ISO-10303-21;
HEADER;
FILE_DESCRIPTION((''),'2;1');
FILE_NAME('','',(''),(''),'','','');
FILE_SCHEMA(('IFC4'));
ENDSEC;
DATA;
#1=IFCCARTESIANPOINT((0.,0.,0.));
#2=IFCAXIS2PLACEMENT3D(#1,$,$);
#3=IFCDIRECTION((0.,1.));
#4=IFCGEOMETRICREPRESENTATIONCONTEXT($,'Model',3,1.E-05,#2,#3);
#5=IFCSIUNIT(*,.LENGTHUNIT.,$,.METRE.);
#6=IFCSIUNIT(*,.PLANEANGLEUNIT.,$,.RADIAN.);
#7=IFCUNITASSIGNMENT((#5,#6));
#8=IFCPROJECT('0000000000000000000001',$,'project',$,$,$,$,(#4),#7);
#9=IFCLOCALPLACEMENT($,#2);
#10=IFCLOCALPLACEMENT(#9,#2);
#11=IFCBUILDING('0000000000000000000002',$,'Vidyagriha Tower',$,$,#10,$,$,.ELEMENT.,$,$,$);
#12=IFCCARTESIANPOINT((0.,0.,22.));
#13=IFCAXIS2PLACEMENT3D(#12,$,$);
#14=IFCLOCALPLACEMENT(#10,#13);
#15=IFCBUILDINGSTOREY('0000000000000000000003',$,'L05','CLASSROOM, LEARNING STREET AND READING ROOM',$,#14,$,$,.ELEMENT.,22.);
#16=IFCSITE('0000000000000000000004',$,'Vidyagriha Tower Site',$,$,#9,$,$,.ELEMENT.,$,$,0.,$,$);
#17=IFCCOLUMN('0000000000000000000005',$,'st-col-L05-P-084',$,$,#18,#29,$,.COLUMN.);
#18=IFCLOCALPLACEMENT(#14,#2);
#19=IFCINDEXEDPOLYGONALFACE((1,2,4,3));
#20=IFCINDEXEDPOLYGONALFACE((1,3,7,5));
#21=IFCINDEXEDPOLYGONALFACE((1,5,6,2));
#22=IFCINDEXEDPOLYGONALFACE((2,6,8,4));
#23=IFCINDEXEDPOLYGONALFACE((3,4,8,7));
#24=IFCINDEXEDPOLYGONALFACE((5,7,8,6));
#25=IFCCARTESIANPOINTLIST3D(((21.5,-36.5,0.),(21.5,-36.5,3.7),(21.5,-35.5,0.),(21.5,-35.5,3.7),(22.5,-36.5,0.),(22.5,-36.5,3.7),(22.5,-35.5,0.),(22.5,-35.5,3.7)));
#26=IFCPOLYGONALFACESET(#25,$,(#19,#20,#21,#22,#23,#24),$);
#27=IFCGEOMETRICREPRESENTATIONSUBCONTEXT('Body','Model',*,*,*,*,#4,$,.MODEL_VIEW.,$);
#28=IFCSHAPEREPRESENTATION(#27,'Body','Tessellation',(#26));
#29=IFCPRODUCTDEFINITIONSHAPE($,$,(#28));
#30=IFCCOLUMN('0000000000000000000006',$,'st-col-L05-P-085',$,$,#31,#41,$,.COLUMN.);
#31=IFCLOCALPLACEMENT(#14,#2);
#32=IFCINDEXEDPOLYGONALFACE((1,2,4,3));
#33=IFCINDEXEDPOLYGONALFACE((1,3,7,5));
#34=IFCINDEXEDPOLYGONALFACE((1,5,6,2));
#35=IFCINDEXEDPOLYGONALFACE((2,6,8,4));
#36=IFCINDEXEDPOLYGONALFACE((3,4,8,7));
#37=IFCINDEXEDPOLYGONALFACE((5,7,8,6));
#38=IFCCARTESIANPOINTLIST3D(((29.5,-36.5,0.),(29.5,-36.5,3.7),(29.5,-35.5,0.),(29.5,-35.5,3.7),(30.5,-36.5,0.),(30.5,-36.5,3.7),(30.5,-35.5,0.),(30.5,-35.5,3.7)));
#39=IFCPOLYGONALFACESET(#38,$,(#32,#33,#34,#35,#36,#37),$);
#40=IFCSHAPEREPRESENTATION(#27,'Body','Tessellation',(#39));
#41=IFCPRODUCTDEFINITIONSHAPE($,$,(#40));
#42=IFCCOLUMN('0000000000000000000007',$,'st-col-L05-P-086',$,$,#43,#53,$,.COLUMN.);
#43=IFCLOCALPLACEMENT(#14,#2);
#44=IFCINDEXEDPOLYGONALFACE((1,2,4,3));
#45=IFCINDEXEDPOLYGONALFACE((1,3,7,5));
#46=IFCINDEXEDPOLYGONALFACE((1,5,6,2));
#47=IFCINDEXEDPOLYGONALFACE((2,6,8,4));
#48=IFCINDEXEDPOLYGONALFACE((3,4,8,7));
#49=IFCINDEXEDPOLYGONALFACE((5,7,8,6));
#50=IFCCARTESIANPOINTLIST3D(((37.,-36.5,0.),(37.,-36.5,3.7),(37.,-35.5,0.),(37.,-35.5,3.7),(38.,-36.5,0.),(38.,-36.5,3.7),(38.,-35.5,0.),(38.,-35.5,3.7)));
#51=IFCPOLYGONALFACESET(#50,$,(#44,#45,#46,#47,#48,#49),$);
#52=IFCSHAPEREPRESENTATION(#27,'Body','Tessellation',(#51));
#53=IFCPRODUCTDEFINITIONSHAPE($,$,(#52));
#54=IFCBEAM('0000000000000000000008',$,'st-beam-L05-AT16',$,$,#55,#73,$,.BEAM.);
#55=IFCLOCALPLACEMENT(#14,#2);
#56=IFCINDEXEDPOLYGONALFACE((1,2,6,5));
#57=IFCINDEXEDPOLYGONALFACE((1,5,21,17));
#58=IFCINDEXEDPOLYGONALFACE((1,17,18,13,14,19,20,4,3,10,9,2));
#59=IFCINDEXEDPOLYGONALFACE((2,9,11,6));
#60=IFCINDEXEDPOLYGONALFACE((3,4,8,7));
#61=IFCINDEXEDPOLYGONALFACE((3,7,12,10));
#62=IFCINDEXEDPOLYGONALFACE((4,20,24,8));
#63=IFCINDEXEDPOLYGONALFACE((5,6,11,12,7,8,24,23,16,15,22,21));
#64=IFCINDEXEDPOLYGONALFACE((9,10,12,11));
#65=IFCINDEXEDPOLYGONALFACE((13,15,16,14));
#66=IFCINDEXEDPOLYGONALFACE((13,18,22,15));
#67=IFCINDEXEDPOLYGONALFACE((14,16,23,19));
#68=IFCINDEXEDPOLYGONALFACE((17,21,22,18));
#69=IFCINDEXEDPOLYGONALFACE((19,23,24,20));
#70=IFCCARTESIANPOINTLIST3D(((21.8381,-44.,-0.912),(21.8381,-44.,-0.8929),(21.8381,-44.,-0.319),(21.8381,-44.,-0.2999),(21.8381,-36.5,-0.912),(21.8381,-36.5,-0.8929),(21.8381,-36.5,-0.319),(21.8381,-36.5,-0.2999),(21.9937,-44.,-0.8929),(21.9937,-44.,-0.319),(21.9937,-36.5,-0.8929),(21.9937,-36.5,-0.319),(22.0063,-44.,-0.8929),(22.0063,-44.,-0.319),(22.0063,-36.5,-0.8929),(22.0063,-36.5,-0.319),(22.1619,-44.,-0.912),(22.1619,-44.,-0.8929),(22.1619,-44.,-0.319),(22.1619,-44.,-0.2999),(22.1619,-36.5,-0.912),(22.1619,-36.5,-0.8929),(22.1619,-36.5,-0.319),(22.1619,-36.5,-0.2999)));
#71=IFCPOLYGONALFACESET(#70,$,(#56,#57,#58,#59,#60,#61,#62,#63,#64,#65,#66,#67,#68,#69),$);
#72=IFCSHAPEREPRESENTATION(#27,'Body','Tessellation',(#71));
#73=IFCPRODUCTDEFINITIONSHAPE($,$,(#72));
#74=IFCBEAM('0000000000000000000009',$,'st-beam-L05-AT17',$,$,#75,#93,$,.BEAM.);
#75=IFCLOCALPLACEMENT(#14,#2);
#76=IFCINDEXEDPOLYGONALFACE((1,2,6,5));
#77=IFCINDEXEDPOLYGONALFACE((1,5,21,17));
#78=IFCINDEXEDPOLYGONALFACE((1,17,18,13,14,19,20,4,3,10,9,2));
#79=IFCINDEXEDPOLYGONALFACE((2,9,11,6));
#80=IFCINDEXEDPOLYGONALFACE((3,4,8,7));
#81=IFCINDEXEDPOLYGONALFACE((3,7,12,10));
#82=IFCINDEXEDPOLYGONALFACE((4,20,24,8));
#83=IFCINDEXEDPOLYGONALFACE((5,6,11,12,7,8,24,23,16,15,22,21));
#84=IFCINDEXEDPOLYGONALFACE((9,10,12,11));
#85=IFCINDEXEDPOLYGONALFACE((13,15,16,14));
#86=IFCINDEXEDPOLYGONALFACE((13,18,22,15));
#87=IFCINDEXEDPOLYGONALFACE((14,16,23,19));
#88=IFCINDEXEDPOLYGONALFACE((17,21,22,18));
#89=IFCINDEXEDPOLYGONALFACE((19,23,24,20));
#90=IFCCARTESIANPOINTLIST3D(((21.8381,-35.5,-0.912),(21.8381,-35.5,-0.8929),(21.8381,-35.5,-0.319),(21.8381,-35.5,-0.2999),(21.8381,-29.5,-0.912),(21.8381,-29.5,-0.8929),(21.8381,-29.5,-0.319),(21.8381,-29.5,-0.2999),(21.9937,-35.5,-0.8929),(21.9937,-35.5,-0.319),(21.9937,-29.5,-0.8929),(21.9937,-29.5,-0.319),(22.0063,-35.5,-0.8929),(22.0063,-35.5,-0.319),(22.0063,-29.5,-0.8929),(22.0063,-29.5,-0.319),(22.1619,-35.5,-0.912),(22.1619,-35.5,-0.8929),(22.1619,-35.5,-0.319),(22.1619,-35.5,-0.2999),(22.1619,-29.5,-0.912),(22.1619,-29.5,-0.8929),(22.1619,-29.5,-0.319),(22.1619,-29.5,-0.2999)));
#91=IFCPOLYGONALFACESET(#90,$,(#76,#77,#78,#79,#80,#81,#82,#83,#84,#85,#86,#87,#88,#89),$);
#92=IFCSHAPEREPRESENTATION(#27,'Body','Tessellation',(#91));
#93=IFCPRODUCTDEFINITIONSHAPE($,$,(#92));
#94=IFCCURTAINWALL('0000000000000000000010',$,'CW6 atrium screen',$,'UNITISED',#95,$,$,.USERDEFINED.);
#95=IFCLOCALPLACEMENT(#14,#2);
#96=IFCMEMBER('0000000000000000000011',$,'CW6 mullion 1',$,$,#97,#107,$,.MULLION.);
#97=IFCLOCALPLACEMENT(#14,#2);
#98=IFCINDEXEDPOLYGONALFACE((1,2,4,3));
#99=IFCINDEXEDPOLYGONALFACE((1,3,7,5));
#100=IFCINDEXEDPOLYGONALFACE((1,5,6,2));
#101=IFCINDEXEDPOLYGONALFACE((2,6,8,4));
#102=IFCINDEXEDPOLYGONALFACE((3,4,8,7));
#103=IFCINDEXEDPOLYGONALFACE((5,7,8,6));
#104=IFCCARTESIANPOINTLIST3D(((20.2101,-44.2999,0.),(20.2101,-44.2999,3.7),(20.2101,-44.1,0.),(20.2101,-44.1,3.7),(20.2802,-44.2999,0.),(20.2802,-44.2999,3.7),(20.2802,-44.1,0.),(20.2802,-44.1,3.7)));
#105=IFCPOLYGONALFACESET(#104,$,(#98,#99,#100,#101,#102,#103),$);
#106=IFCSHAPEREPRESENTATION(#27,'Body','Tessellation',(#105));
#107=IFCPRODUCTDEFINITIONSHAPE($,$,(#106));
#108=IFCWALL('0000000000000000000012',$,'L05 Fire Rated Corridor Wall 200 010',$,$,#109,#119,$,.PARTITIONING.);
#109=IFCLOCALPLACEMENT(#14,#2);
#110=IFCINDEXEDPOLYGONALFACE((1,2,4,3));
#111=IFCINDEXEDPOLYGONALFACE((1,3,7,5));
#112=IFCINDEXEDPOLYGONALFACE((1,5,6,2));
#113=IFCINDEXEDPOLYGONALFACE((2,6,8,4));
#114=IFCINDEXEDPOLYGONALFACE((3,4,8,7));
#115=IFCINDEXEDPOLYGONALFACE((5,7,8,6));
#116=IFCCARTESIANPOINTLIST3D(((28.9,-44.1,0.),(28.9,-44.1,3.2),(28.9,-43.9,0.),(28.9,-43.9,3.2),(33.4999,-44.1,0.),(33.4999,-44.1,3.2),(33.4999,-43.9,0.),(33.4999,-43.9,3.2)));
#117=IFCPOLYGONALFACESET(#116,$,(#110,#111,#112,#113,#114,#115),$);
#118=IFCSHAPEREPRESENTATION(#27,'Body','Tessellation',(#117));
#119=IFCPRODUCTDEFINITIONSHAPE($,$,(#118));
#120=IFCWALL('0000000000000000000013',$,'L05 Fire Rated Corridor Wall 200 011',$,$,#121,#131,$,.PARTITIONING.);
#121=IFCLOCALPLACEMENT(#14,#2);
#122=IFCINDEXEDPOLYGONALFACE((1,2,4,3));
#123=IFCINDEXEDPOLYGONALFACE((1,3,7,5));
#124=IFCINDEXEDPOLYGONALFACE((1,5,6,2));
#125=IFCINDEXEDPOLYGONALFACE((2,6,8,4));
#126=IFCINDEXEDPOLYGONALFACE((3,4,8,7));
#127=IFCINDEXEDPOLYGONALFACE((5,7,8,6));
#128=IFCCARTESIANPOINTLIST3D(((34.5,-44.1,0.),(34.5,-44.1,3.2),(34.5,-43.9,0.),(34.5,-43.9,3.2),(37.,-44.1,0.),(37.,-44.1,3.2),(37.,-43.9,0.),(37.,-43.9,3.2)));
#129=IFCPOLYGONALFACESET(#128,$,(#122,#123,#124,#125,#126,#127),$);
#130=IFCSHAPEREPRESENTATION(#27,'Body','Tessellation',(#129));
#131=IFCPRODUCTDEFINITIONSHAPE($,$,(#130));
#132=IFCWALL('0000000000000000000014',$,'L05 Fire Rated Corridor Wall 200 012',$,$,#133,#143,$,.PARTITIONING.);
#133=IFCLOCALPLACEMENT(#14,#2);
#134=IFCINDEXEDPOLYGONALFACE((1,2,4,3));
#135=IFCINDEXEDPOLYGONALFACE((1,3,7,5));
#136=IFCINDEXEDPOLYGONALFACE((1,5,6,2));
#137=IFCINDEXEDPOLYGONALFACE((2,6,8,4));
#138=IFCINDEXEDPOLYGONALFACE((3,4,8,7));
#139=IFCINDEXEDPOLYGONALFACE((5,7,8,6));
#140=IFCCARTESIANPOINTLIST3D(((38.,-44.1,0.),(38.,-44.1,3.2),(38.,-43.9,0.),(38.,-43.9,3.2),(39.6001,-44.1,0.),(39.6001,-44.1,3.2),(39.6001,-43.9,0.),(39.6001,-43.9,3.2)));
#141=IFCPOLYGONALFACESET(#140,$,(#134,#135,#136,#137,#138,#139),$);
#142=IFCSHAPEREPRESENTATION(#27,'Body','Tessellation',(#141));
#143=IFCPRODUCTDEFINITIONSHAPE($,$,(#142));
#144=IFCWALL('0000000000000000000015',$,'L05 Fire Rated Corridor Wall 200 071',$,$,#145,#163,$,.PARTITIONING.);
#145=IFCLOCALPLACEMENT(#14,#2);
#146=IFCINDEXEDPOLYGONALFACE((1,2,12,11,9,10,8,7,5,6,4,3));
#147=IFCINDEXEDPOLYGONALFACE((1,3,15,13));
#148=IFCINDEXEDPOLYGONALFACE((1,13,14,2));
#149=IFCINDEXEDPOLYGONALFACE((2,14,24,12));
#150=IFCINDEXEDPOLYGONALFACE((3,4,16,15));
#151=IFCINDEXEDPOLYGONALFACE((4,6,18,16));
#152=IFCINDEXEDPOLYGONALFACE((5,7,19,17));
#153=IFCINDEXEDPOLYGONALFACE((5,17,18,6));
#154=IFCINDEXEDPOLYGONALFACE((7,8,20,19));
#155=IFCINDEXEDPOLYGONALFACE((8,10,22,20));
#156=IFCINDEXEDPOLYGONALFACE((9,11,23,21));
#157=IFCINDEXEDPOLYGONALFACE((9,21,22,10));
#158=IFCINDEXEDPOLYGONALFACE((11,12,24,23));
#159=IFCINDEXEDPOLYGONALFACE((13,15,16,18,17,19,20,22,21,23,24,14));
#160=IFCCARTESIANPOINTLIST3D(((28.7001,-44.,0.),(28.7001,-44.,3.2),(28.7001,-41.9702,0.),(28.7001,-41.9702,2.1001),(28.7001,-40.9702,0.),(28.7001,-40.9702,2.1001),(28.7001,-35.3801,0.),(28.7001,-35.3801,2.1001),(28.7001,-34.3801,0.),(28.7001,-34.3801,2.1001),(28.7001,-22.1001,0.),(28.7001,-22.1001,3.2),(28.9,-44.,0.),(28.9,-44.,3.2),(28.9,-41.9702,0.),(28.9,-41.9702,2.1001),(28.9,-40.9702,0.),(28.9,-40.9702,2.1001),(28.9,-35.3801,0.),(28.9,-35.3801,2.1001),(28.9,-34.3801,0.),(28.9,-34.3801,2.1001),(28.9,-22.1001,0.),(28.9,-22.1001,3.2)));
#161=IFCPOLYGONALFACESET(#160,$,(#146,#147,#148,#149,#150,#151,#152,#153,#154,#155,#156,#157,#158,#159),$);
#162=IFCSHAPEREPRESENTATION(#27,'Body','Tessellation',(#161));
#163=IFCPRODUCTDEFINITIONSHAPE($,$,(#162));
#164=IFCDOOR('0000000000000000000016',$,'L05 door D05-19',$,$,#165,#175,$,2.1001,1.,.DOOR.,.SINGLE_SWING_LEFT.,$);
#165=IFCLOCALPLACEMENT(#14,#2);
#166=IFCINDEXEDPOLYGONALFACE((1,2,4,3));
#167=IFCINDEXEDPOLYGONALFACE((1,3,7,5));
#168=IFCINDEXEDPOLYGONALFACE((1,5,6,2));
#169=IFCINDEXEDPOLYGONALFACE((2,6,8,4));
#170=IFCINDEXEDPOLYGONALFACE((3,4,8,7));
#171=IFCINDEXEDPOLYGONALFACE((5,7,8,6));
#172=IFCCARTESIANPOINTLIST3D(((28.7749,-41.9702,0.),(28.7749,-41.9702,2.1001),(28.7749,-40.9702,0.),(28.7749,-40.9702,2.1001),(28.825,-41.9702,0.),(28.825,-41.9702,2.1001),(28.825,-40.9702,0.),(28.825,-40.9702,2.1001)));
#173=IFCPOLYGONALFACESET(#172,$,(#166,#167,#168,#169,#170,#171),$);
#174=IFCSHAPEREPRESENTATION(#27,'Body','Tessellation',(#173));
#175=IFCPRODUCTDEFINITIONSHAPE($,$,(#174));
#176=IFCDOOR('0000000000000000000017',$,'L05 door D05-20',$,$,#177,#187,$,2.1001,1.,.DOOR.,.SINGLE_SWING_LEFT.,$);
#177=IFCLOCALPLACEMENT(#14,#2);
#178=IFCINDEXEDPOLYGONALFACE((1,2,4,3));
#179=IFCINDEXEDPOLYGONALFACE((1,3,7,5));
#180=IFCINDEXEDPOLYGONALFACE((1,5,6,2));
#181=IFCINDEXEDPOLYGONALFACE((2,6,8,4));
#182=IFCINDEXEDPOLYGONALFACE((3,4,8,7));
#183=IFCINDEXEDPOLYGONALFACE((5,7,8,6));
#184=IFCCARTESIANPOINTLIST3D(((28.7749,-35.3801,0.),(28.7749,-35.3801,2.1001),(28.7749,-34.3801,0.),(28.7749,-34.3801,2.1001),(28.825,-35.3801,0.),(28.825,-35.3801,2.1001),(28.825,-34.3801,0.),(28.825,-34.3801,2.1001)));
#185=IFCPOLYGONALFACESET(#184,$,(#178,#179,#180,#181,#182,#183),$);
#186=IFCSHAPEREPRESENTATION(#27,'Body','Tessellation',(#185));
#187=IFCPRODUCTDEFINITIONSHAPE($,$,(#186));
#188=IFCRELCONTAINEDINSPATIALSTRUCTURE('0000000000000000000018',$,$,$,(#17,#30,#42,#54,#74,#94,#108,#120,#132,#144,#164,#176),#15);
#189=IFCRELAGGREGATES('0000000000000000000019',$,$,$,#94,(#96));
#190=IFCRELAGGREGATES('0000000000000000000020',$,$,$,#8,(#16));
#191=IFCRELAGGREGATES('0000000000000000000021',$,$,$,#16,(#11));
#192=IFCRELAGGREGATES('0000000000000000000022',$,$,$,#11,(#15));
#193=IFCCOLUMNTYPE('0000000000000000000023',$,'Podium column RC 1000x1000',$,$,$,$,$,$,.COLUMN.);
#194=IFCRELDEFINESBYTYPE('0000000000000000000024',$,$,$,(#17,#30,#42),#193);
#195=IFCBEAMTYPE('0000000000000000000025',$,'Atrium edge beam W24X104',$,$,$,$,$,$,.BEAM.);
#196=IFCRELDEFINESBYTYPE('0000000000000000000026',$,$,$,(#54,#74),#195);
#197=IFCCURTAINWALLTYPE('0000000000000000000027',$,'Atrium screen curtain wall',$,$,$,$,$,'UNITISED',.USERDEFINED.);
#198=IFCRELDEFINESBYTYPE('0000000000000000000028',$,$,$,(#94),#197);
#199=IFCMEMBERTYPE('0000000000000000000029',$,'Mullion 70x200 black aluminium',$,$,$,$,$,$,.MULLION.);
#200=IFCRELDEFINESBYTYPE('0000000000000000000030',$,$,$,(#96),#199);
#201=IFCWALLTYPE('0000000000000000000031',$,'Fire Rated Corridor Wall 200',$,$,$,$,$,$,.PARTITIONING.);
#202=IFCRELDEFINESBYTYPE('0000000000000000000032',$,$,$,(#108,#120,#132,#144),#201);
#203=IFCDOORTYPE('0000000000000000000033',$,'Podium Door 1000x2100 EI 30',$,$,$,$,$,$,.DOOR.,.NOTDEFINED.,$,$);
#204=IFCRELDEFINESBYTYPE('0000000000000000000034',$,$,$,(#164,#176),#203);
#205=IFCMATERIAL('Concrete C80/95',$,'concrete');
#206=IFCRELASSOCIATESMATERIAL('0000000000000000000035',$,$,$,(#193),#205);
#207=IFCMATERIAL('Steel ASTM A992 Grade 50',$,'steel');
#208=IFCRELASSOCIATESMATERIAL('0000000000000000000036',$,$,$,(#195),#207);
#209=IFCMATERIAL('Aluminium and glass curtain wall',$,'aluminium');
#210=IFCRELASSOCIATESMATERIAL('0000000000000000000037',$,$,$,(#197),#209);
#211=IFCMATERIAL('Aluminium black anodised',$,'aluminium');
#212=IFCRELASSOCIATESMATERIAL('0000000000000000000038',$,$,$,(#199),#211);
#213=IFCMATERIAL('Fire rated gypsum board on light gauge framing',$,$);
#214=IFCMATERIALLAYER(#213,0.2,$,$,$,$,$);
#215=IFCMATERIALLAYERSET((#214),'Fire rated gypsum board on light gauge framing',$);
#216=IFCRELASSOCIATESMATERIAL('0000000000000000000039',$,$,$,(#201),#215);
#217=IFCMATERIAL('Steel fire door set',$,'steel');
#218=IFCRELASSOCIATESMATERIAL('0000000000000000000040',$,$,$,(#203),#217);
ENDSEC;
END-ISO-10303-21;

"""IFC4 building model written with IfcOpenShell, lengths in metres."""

from ifc_helpers import new_model, si_unit, direction, frame, frame_2d, origin, origin_2d, place, context, subcontext, project, spatial, rectangle, i_section, extrude, material, layer, layer_set, material_profile, profile_set, type_object, element, fill, aggregate, save


model = new_model("IFC4")

# Units and contexts
model_context = context("Model", 3, precision=1e-05, world=origin(), true_north=direction((0.0, 1.0)))
body_context = subcontext(model_context, "Body", "Model", "MODEL_VIEW")
ifc_project = project(units=[si_unit("LENGTHUNIT", "METRE"), si_unit("PLANEANGLEUNIT", "RADIAN")], contexts=[model_context])

# Site, building, storey
site_placement = place(None, origin())
site = spatial("IfcSite", under=ifc_project, at=site_placement, Name="Vidyagriha Tower Site", CompositionType="ELEMENT", RefElevation=0.0)
building_placement = place(site_placement, origin())
building = spatial("IfcBuilding", under=site, at=building_placement, Name="Vidyagriha Tower", CompositionType="ELEMENT")
storey_placement = place(building_placement, frame((0.0, 0.0, 22.0)))
storey = spatial("IfcBuildingStorey", under=building, at=storey_placement, Name="L05", Description="CLASSROOM, LEARNING STREET AND READING ROOM", CompositionType="ELEMENT", Elevation=22.0)

# Columns
ifc_material_1 = material(Name="Concrete C80/95", Category="concrete")
ifc_material_profile_1 = material_profile(ifc_material_1, rectangle(XDim=1.0, YDim=1.0, at=origin_2d()), Name="RC 1000x1000")
ifc_profile_set_1 = profile_set([ifc_material_profile_1], Name="Concrete C80/95")
column_type = type_object("IfcColumnType", Name="Podium column RC 1000x1000", PredefinedType="COLUMN", material=ifc_profile_set_1)
for number, where, name in (
    (1, (22.0, -36.0, 0.0), "st-col-L05-P-084"),
    (2, (30.0, -36.0, 0.0), "st-col-L05-P-085"),
    (3, (37.5, -36.0, 0.0), "st-col-L05-P-086"),
):
    element("IfcColumn", number, at=place(storey_placement, frame(where)), inside=storey, type_object=column_type, Name=name, PredefinedType="COLUMN", context=body_context, shape_type="SweptSolid", body=[
        extrude(rectangle(XDim=1.0, YDim=1.0, at=origin_2d()), origin(), (0.0, 0.0, 1.0), 3.7),
    ])

# Beams
ifc_material_2 = material(Name="Steel ASTM A992 Grade 50", Category="steel")
ifc_material_profile_2 = material_profile(ifc_material_2, i_section(OverallWidth=0.3237, OverallDepth=0.6121, WebThickness=0.0127, FlangeThickness=0.019, at=origin_2d()), Name="W24X104")
ifc_profile_set_2 = profile_set([ifc_material_profile_2], Name="Steel ASTM A992 Grade 50")
beam_type = type_object("IfcBeamType", Name="Atrium edge beam W24X104", PredefinedType="BEAM", material=ifc_profile_set_2)
beam_1_placement = place(storey_placement, frame((22.0, -44.0, -0.606), z_axis=(0.0, 1.0, 0.0), x_axis=(-1.0, 0.0, 0.0)))
element("IfcBeam", 4, at=beam_1_placement, inside=storey, type_object=beam_type, Name="st-beam-L05-AT16", PredefinedType="BEAM", context=body_context, shape_type="SweptSolid", body=[
    extrude(i_section(OverallWidth=0.3237, OverallDepth=0.6121, WebThickness=0.0127, FlangeThickness=0.019, at=origin_2d()), origin(), (0.0, 0.0, 1.0), 7.5),
])
beam_2_placement = place(storey_placement, frame((22.0, -35.5, -0.606), z_axis=(0.0, 1.0, 0.0), x_axis=(-1.0, 0.0, 0.0)))
element("IfcBeam", 5, at=beam_2_placement, inside=storey, type_object=beam_type, Name="st-beam-L05-AT17", PredefinedType="BEAM", context=body_context, shape_type="SweptSolid", body=[
    extrude(i_section(OverallWidth=0.3237, OverallDepth=0.6121, WebThickness=0.0127, FlangeThickness=0.019, at=origin_2d()), origin(), (0.0, 0.0, 1.0), 6.0),
])

# Curtain wall, member
ifc_material_3 = material(Name="Aluminium and glass curtain wall", Category="aluminium")
curtain_wall_type = type_object("IfcCurtainWallType", Name="Atrium screen curtain wall", ElementType="UNITISED", PredefinedType="USERDEFINED", material=ifc_material_3)
curtain_wall_placement = place(storey_placement, origin())
curtain_wall = element("IfcCurtainWall", 6, at=curtain_wall_placement, inside=storey, type_object=curtain_wall_type, Name="CW6 atrium screen", ObjectType="UNITISED", PredefinedType="USERDEFINED")
ifc_material_4 = material(Name="Aluminium black anodised", Category="aluminium")
ifc_material_profile_3 = material_profile(ifc_material_4, rectangle(XDim=0.2, YDim=0.0701, at=origin_2d()), Name="Mullion 70x200 black aluminium")
ifc_profile_set_3 = profile_set([ifc_material_profile_3], Name="Aluminium black anodised")
member_type = type_object("IfcMemberType", Name="Mullion 70x200 black aluminium", PredefinedType="MULLION", material=ifc_profile_set_3)
member_placement = place(storey_placement, frame((20.2451, -44.2, 0.0), z_axis=(0.0, 0.0, 1.0), x_axis=(0.0, -1.0, 0.0)))
member = element("IfcMember", 7, at=member_placement, type_object=member_type, Name="CW6 mullion 1", PredefinedType="MULLION", context=body_context, shape_type="SweptSolid", body=[
    extrude(rectangle(XDim=0.2, YDim=0.0701, at=origin_2d()), origin(), (0.0, 0.0, 1.0), 3.7),
])
aggregate(curtain_wall, [member])

# Walls
ifc_material_5 = material(Name="Fire rated gypsum board on light gauge framing")
ifc_layer_1 = layer(ifc_material_5, 0.2)
ifc_layer_set_1 = layer_set([ifc_layer_1], Name="Fire rated gypsum board on light gauge framing")
wall_type_1 = type_object("IfcWallType", Name="Fire Rated Corridor Wall 200", PredefinedType="PARTITIONING", material=ifc_layer_set_1)
wall_1_placement = place(storey_placement, frame((28.9001, -44.0, 0.0)))
element("IfcWall", 8, at=wall_1_placement, inside=storey, type_object=wall_type_1, Name="L05 Fire Rated Corridor Wall 200 010", PredefinedType="PARTITIONING", context=body_context, shape_type="SweptSolid", body=[
    extrude(rectangle(XDim=4.5999, YDim=0.2, at=frame_2d((2.2998, 0.0))), origin(), (0.0, 0.0, 1.0), 3.2),
])
wall_2_placement = place(storey_placement, frame((34.5, -44.0, 0.0)))
element("IfcWall", 9, at=wall_2_placement, inside=storey, type_object=wall_type_1, Name="L05 Fire Rated Corridor Wall 200 011", PredefinedType="PARTITIONING", context=body_context, shape_type="SweptSolid", body=[
    extrude(rectangle(XDim=2.5, YDim=0.2, at=frame_2d((1.25, 0.0))), origin(), (0.0, 0.0, 1.0), 3.2),
])
wall_3_placement = place(storey_placement, frame((38.0, -44.0, 0.0)))
element("IfcWall", 10, at=wall_3_placement, inside=storey, type_object=wall_type_1, Name="L05 Fire Rated Corridor Wall 200 012", PredefinedType="PARTITIONING", context=body_context, shape_type="SweptSolid", body=[
    extrude(rectangle(XDim=1.6001, YDim=0.2, at=frame_2d((0.8, 0.0))), origin(), (0.0, 0.0, 1.0), 3.2),
])

# Wall, openings, doors
wall_4_placement = place(storey_placement, frame((28.8, -44.0, 0.0), z_axis=(0.0, 0.0, 1.0), x_axis=(0.0, 1.0, 0.0)))
wall_4 = element("IfcWall", 11, at=wall_4_placement, inside=storey, type_object=wall_type_1, Name="L05 Fire Rated Corridor Wall 200 071", PredefinedType="PARTITIONING", context=body_context, shape_type="SweptSolid", body=[
    extrude(rectangle(XDim=21.8999, YDim=0.2, at=frame_2d((10.95, 0.0))), origin(), (0.0, 0.0, 1.0), 3.2),
])
opening_1_placement = place(wall_4_placement, frame((2.0298, 0.0, 0.0)))
opening_1 = element("IfcOpeningElement", 12, at=opening_1_placement, cuts=wall_4, PredefinedType="OPENING", context=body_context, shape_type="SweptSolid", body=[
    extrude(rectangle(XDim=1.0, YDim=2.1001, at=frame_2d((0.5, 1.05))), frame((0.0, 0.1099, 0.0), z_axis=(0.0, -1.0, 0.0), x_axis=(1.0, 0.0, 0.0)), (0.0, 0.0, 1.0), 0.22),
])
opening_2_placement = place(wall_4_placement, frame((8.6199, 0.0, 0.0)))
opening_2 = element("IfcOpeningElement", 13, at=opening_2_placement, cuts=wall_4, PredefinedType="OPENING", context=body_context, shape_type="SweptSolid", body=[
    extrude(rectangle(XDim=1.0, YDim=2.1001, at=frame_2d((0.5, 1.05))), frame((0.0, 0.1099, 0.0), z_axis=(0.0, -1.0, 0.0), x_axis=(1.0, 0.0, 0.0)), (0.0, 0.0, 1.0), 0.22),
])
ifc_material_6 = material(Name="Steel fire door set", Category="steel")
door_type = type_object("IfcDoorType", Name="Podium Door 1000x2100 EI 30", OperationType="NOTDEFINED", PredefinedType="DOOR", material=ifc_material_6)
door_1_placement = place(opening_1_placement, frame((1.0, 0.0, 0.0), z_axis=(0.0, 0.0, 1.0), x_axis=(-1.0, 0.0, 0.0)))
door_1 = element("IfcDoor", 14, at=door_1_placement, inside=storey, type_object=door_type, Name="L05 door D05-19", OperationType="SINGLE_SWING_LEFT", OverallHeight=2.1001, OverallWidth=1.0, PredefinedType="DOOR", context=body_context, shape_type="SweptSolid", body=[
    extrude(rectangle(XDim=1.0, YDim=2.1001, at=frame_2d((0.5, 1.05))), frame((0.0, 0.0249, 0.0), z_axis=(0.0, -1.0, 0.0), x_axis=(1.0, 0.0, 0.0)), (0.0, 0.0, 1.0), 0.05),
])
fill(opening_1, door_1)
door_2_placement = place(opening_2_placement, frame((1.0, 0.0, 0.0), z_axis=(0.0, 0.0, 1.0), x_axis=(-1.0, 0.0, 0.0)))
door_2 = element("IfcDoor", 15, at=door_2_placement, inside=storey, type_object=door_type, Name="L05 door D05-20", OperationType="SINGLE_SWING_LEFT", OverallHeight=2.1001, OverallWidth=1.0, PredefinedType="DOOR", context=body_context, shape_type="SweptSolid", body=[
    extrude(rectangle(XDim=1.0, YDim=2.1001, at=frame_2d((0.5, 1.05))), frame((0.0, 0.0249, 0.0), z_axis=(0.0, -1.0, 0.0), x_axis=(1.0, 0.0, 0.0)), (0.0, 0.0, 1.0), 0.05),
])
fill(opening_2, door_2)

save(model, "model.ifc")
